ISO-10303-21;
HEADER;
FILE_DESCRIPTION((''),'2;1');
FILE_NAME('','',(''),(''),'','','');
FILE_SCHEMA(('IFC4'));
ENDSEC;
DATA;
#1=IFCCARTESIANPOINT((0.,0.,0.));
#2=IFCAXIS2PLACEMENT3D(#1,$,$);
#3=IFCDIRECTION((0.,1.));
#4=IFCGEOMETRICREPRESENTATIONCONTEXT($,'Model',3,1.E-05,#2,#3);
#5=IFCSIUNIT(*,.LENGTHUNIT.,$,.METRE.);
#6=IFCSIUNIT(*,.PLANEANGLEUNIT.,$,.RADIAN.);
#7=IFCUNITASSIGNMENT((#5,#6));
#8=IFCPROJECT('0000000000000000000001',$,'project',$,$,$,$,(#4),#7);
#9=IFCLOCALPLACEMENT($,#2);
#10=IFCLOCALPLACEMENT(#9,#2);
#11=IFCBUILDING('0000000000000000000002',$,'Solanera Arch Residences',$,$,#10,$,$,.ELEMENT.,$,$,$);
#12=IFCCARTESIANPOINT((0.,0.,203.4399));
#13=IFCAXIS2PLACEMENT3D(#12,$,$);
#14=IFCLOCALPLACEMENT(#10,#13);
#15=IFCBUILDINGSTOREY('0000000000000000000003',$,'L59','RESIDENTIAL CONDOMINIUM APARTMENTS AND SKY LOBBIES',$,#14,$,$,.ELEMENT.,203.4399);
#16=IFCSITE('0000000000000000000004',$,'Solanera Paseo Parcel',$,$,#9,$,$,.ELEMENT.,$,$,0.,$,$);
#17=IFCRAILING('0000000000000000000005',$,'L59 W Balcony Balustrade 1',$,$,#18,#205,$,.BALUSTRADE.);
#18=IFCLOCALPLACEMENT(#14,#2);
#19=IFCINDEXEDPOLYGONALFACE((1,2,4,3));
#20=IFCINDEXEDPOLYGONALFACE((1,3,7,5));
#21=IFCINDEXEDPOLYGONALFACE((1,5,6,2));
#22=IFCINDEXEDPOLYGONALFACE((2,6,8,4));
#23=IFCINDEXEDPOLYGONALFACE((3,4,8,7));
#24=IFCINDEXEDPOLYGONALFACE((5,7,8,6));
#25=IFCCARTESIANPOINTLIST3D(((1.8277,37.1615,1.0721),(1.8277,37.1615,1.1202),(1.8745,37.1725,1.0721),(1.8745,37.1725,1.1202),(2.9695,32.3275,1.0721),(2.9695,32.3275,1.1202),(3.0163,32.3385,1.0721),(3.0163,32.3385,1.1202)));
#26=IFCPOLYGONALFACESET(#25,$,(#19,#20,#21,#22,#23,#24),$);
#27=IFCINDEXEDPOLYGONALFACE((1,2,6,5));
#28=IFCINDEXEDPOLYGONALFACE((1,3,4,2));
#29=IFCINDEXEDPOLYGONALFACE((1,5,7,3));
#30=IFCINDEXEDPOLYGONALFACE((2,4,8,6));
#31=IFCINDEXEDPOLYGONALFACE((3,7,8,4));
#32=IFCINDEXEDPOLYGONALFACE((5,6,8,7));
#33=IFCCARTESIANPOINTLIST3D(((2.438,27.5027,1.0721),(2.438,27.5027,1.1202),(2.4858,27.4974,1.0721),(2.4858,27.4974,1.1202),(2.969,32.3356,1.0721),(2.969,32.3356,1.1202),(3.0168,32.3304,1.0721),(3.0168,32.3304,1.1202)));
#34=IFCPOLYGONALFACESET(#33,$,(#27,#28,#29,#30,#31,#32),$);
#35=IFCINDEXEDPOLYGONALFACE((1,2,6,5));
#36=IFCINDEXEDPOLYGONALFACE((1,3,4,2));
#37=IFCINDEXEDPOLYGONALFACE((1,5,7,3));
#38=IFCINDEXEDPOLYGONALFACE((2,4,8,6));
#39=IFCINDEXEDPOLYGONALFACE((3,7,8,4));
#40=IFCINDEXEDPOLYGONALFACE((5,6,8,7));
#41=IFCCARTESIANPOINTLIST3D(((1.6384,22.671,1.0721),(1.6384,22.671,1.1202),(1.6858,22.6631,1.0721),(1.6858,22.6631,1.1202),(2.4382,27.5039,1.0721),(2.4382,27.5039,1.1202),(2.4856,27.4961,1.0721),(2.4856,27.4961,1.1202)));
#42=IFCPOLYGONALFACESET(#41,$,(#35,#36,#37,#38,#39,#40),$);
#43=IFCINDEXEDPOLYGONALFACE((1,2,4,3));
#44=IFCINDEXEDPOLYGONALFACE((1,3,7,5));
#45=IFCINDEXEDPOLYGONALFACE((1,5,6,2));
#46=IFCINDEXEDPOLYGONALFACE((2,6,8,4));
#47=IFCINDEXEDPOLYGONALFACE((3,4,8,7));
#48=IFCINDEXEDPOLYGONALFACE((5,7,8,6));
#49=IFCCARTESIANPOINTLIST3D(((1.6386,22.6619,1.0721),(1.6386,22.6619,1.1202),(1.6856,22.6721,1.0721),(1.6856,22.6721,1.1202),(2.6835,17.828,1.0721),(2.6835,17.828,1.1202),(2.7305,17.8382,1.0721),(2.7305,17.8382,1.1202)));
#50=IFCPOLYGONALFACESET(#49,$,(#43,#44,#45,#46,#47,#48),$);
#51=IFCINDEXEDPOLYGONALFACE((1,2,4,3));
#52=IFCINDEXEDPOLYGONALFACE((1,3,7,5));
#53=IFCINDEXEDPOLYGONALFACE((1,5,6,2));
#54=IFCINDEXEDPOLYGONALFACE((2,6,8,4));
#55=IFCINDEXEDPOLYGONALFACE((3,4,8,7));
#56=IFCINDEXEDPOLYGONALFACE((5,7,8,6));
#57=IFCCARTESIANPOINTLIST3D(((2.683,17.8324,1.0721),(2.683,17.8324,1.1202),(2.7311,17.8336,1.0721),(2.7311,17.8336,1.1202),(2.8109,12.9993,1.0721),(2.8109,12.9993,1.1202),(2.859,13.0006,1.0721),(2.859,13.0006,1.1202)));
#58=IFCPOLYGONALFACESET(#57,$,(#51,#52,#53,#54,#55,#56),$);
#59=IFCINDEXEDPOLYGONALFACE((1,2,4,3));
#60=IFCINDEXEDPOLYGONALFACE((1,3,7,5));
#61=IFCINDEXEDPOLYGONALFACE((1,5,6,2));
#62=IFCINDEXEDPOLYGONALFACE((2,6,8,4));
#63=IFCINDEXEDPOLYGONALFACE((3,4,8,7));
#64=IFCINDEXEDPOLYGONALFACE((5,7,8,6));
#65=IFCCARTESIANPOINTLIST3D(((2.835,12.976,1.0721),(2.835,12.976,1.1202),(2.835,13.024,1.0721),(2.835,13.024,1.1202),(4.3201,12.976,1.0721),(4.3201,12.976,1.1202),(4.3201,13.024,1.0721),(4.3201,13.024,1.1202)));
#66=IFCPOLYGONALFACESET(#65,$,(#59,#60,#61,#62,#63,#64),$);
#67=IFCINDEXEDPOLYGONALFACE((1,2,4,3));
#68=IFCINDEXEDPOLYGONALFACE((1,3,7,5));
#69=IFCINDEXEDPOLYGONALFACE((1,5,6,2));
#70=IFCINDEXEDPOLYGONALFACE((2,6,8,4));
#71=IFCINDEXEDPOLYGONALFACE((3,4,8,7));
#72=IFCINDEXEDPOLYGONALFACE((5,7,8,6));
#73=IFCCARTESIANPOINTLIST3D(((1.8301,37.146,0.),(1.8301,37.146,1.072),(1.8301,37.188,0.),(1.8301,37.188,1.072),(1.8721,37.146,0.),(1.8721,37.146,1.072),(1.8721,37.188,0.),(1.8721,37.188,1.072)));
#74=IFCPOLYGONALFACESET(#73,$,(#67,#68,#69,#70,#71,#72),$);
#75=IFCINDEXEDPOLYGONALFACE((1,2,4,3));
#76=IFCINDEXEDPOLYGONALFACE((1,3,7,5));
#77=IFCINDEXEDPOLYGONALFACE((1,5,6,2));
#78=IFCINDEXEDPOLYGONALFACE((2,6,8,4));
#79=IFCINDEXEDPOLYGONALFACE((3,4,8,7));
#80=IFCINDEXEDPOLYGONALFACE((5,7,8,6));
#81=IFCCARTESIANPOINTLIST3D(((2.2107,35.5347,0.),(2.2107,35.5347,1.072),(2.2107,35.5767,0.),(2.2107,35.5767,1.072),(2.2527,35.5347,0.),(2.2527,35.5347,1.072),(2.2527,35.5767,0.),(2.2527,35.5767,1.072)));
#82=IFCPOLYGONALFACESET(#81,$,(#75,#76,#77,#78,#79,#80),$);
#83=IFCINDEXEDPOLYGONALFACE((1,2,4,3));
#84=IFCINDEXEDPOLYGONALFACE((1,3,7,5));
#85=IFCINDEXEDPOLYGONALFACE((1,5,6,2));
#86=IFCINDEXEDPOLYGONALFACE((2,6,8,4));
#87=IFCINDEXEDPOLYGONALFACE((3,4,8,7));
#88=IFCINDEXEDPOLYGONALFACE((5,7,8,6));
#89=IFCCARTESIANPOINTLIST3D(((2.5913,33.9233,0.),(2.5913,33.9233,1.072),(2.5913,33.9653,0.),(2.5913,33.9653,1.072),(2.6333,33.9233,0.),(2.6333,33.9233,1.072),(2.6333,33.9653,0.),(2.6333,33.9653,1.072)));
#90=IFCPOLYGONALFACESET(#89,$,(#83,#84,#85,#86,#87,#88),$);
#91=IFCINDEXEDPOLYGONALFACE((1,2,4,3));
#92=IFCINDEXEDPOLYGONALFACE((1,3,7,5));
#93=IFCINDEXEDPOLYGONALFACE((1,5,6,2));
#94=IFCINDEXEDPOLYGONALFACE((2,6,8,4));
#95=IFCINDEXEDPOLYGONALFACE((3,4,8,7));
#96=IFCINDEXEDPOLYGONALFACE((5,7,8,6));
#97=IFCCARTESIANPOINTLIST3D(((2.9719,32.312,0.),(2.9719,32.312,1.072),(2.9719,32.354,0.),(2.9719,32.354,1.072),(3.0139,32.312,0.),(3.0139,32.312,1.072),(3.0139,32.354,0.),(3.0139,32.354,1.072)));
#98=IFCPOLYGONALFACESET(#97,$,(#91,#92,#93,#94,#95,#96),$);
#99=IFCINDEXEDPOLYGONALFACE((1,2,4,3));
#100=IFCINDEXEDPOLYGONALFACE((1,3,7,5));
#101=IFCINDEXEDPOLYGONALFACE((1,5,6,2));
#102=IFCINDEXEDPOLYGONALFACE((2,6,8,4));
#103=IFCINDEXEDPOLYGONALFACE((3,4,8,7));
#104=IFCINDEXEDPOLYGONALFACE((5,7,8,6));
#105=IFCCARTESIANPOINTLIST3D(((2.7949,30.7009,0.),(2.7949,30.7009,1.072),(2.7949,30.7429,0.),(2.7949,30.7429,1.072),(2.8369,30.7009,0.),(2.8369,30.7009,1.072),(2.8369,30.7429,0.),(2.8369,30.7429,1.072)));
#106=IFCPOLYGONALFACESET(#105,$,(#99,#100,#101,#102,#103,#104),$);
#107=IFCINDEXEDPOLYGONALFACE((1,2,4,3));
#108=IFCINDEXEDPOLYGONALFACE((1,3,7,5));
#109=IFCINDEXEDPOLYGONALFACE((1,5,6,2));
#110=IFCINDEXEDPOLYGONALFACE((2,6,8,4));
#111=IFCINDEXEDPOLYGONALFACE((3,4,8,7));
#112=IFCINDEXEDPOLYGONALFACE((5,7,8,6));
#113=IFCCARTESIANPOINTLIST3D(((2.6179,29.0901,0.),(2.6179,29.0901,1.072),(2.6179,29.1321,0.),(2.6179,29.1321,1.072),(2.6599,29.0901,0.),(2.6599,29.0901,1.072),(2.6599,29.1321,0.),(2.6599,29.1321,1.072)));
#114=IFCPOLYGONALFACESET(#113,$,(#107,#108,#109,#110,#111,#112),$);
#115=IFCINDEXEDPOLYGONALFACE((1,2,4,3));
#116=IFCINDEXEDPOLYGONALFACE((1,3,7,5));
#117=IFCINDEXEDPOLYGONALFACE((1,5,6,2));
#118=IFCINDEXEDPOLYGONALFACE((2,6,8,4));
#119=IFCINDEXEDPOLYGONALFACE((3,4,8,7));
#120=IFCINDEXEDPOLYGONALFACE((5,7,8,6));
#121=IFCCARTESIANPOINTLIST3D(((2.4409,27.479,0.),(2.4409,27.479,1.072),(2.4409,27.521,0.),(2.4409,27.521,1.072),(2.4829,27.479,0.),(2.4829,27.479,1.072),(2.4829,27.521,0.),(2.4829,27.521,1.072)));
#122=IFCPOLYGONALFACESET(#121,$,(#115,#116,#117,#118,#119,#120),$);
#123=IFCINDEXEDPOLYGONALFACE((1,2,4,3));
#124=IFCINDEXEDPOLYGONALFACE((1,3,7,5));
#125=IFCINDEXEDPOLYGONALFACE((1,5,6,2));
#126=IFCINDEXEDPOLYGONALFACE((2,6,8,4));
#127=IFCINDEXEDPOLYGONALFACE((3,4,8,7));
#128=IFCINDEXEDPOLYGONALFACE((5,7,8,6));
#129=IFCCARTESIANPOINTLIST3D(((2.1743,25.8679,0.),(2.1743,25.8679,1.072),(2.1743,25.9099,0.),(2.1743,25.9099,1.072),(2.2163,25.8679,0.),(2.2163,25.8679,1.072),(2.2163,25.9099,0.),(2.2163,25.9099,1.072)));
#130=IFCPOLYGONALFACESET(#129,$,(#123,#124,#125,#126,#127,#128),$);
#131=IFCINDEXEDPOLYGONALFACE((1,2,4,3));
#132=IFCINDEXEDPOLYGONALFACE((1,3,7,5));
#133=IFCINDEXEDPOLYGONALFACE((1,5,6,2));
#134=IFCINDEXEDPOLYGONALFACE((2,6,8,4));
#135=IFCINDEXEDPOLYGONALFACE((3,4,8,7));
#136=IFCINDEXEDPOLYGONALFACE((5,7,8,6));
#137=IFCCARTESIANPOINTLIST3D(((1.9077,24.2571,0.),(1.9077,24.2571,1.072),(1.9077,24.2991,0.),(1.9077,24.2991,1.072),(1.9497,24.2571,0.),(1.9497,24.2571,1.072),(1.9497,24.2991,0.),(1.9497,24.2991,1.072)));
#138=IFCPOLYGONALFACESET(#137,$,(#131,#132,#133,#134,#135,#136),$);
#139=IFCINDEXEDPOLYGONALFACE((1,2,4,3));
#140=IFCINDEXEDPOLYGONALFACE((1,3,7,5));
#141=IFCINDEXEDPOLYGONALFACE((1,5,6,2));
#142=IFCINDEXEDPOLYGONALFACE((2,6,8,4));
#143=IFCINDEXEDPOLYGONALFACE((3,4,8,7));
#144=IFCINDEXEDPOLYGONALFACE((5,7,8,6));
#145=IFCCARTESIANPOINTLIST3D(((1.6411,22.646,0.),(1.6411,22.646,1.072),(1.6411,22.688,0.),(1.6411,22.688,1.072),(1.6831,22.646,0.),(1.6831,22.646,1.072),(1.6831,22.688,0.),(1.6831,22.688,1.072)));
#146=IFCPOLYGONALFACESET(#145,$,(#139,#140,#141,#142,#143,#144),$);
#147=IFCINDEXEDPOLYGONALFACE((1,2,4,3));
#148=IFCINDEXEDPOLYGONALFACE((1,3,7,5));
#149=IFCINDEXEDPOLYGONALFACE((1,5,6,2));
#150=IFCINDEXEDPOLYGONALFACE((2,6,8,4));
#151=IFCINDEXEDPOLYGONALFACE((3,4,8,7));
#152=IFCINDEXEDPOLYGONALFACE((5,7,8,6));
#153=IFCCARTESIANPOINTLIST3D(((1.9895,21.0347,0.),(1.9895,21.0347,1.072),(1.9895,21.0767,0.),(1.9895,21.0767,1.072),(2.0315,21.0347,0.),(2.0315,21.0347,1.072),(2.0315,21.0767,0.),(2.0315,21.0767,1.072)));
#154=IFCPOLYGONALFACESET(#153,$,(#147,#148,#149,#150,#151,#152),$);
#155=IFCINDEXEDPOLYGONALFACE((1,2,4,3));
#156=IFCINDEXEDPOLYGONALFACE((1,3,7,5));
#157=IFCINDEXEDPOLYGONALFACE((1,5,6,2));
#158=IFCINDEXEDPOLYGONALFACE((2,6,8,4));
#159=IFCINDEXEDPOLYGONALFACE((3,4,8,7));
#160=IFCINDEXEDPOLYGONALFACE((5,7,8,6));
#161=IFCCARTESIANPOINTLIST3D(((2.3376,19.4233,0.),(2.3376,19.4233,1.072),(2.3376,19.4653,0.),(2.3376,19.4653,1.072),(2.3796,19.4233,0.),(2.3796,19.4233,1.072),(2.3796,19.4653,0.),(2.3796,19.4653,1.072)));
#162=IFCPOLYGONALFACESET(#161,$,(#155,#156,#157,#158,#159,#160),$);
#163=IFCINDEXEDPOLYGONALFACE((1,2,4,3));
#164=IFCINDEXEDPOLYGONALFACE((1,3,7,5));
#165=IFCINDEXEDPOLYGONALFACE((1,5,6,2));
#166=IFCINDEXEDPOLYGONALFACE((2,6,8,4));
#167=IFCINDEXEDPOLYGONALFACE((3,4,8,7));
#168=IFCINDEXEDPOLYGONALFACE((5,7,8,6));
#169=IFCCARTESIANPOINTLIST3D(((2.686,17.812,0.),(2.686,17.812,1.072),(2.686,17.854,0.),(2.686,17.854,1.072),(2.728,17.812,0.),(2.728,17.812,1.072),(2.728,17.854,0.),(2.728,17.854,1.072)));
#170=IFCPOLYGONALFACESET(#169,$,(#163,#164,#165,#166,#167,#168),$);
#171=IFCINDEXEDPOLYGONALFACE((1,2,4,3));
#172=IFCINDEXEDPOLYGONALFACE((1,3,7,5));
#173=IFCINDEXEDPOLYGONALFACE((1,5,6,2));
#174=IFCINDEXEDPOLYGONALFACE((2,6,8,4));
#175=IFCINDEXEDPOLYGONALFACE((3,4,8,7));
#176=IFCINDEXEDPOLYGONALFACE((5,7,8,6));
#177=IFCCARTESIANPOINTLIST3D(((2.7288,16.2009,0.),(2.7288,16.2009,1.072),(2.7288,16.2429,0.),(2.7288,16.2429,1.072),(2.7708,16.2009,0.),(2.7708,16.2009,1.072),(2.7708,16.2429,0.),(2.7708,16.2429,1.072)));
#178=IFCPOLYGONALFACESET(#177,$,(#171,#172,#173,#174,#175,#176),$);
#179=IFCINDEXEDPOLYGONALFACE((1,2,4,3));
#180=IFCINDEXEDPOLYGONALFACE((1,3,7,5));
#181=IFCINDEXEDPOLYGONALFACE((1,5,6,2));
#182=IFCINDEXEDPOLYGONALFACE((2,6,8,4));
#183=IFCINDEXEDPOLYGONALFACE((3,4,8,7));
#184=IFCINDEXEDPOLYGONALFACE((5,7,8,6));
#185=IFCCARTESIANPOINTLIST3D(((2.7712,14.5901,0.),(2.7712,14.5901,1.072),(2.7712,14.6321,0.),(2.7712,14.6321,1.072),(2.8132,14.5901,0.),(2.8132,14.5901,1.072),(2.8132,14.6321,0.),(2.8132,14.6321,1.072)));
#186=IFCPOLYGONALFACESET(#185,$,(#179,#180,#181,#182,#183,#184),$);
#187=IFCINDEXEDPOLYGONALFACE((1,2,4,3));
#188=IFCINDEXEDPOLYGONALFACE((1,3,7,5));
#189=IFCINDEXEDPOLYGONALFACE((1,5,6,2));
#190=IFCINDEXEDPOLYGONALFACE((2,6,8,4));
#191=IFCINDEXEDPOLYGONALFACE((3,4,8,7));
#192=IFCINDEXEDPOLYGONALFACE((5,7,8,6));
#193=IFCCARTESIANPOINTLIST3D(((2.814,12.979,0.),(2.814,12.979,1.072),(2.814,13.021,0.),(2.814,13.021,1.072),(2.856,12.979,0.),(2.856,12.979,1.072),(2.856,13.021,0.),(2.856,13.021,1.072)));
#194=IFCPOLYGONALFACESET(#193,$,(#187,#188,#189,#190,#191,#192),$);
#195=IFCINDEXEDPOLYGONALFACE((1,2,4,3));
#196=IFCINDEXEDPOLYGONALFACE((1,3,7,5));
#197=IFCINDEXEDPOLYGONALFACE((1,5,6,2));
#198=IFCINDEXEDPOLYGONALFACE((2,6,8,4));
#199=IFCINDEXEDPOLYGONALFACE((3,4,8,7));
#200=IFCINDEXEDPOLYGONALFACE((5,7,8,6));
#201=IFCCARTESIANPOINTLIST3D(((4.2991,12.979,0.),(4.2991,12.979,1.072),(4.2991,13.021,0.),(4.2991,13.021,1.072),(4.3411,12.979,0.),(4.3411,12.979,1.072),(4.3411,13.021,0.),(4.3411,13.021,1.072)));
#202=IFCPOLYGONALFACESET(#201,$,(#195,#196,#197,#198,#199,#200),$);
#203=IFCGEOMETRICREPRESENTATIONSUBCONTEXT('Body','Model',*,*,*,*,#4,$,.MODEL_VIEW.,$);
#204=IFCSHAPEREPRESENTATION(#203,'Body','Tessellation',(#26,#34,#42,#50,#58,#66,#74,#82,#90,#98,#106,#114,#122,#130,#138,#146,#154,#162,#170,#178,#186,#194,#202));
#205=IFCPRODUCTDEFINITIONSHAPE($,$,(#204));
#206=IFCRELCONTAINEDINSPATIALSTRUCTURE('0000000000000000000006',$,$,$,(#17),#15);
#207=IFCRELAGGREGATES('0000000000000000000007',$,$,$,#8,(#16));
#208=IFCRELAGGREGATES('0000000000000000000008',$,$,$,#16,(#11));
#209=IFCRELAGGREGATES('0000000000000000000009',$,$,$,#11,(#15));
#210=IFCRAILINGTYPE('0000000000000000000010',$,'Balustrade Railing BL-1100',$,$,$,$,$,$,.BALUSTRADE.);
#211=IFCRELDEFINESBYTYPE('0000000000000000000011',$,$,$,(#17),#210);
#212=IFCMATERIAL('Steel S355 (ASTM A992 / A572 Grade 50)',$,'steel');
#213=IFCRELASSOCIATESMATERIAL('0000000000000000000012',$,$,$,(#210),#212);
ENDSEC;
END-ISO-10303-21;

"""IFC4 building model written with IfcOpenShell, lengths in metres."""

from ifc_helpers import new_model, si_unit, direction, frame, origin, origin_2d, place, context, subcontext, project, spatial, rectangle, extrude, material, type_object, element, save


model = new_model("IFC4")

# Units and contexts
model_context = context("Model", 3, precision=1e-05, world=origin(), true_north=direction((0.0, 1.0)))
body_context = subcontext(model_context, "Body", "Model", "MODEL_VIEW")
ifc_project = project(units=[si_unit("LENGTHUNIT", "METRE"), si_unit("PLANEANGLEUNIT", "RADIAN")], contexts=[model_context])

# Site, building, storey
site_placement = place(None, origin())
site = spatial("IfcSite", under=ifc_project, at=site_placement, Name="Solanera Paseo Parcel", CompositionType="ELEMENT", RefElevation=0.0)
building_placement = place(site_placement, origin())
building = spatial("IfcBuilding", under=site, at=building_placement, Name="Solanera Arch Residences", CompositionType="ELEMENT")
storey_placement = place(building_placement, frame((0.0, 0.0, 203.4399)))
storey = spatial("IfcBuildingStorey", under=building, at=storey_placement, Name="L59", Description="RESIDENTIAL CONDOMINIUM APARTMENTS AND SKY LOBBIES", CompositionType="ELEMENT", Elevation=203.4399)

# Railing
ifc_material_1 = material(Name="Steel S355 (ASTM A992 / A572 Grade 50)", Category="steel")
railing_type = type_object("IfcRailingType", Name="Balustrade Railing BL-1100", PredefinedType="BALUSTRADE", material=ifc_material_1)
railing_placement = place(storey_placement, frame((1.8511, 37.167, 0.0)))
element("IfcRailing", 1, at=railing_placement, inside=storey, type_object=railing_type, Name="L59 W Balcony Balustrade 1", PredefinedType="BALUSTRADE", context=body_context, shape_type="SweptSolid", body=[
    extrude(rectangle(XDim=0.0481, YDim=0.0481, at=origin_2d()), frame((0.0, 0.0, 1.0962), z_axis=(0.229886, -0.973218, 0.0), x_axis=(0.973218, 0.229886, 0.0)), (0.0, 0.0, 1.0), 4.967),
    extrude(rectangle(XDim=0.0481, YDim=0.0481, at=origin_2d()), frame((1.1418, -4.834, 1.0962), z_axis=(-0.109213, -0.994018, 0.0), x_axis=(0.994018, -0.109213, 0.0)), (0.0, 0.0, 1.0), 4.8621),
    extrude(rectangle(XDim=0.0481, YDim=0.0481, at=origin_2d()), frame((0.6108, -9.667, 1.0962), z_axis=(-0.163267, -0.986582, 0.0), x_axis=(0.986582, -0.163267, 0.0)), (0.0, 0.0, 1.0), 4.8987),
    extrude(rectangle(XDim=0.0481, YDim=0.0481, at=origin_2d()), frame((-0.189, -14.5, 1.0962), z_axis=(0.211282, -0.977425, 0.0), x_axis=(0.977425, 0.211282, 0.0)), (0.0, 0.0, 1.0), 4.9456),
    extrude(rectangle(XDim=0.0481, YDim=0.0481, at=origin_2d()), frame((0.856, -19.334, 1.0962), z_axis=(0.026461, -0.99965, 0.0), x_axis=(0.99965, 0.026461, 0.0)), (0.0, 0.0, 1.0), 4.8347),
    extrude(rectangle(XDim=0.0481, YDim=0.0481, at=origin_2d()), frame((0.9839, -24.167, 1.0962), z_axis=(1.0, 0.0, 0.0), x_axis=(0.0, 1.0, 0.0)), (0.0, 0.0, 1.0), 1.4851),
    extrude(rectangle(XDim=0.042, YDim=0.042, at=origin_2d()), origin(), (0.0, 0.0, 1.0), 1.072),
    extrude(rectangle(XDim=0.042, YDim=0.042, at=origin_2d()), frame((0.3806, -1.6113, 0.0)), (0.0, 0.0, 1.0), 1.072),
    extrude(rectangle(XDim=0.042, YDim=0.042, at=origin_2d()), frame((0.7612, -3.2227, 0.0)), (0.0, 0.0, 1.0), 1.072),
    extrude(rectangle(XDim=0.042, YDim=0.042, at=origin_2d()), frame((1.1418, -4.834, 0.0)), (0.0, 0.0, 1.0), 1.072),
    extrude(rectangle(XDim=0.042, YDim=0.042, at=origin_2d()), frame((0.9648, -6.4451, 0.0)), (0.0, 0.0, 1.0), 1.072),
    extrude(rectangle(XDim=0.042, YDim=0.042, at=origin_2d()), frame((0.7878, -8.0559, 0.0)), (0.0, 0.0, 1.0), 1.072),
    extrude(rectangle(XDim=0.042, YDim=0.042, at=origin_2d()), frame((0.6108, -9.667, 0.0)), (0.0, 0.0, 1.0), 1.072),
    extrude(rectangle(XDim=0.042, YDim=0.042, at=origin_2d()), frame((0.3442, -11.2781, 0.0)), (0.0, 0.0, 1.0), 1.072),
    extrude(rectangle(XDim=0.042, YDim=0.042, at=origin_2d()), frame((0.0776, -12.8889, 0.0)), (0.0, 0.0, 1.0), 1.072),
    extrude(rectangle(XDim=0.042, YDim=0.042, at=origin_2d()), frame((-0.189, -14.5, 0.0)), (0.0, 0.0, 1.0), 1.072),
    extrude(rectangle(XDim=0.042, YDim=0.042, at=origin_2d()), frame((0.1594, -16.1113, 0.0)), (0.0, 0.0, 1.0), 1.072),
    extrude(rectangle(XDim=0.042, YDim=0.042, at=origin_2d()), frame((0.5076, -17.7227, 0.0)), (0.0, 0.0, 1.0), 1.072),
    extrude(rectangle(XDim=0.042, YDim=0.042, at=origin_2d()), frame((0.856, -19.334, 0.0)), (0.0, 0.0, 1.0), 1.072),
    extrude(rectangle(XDim=0.042, YDim=0.042, at=origin_2d()), frame((0.8987, -20.9451, 0.0)), (0.0, 0.0, 1.0), 1.072),
    extrude(rectangle(XDim=0.042, YDim=0.042, at=origin_2d()), frame((0.9412, -22.5559, 0.0)), (0.0, 0.0, 1.0), 1.072),
    extrude(rectangle(XDim=0.042, YDim=0.042, at=origin_2d()), frame((0.9839, -24.167, 0.0)), (0.0, 0.0, 1.0), 1.072),
    extrude(rectangle(XDim=0.042, YDim=0.042, at=origin_2d()), frame((2.469, -24.167, 0.0)), (0.0, 0.0, 1.0), 1.072),
])

save(model, "model.ifc")
